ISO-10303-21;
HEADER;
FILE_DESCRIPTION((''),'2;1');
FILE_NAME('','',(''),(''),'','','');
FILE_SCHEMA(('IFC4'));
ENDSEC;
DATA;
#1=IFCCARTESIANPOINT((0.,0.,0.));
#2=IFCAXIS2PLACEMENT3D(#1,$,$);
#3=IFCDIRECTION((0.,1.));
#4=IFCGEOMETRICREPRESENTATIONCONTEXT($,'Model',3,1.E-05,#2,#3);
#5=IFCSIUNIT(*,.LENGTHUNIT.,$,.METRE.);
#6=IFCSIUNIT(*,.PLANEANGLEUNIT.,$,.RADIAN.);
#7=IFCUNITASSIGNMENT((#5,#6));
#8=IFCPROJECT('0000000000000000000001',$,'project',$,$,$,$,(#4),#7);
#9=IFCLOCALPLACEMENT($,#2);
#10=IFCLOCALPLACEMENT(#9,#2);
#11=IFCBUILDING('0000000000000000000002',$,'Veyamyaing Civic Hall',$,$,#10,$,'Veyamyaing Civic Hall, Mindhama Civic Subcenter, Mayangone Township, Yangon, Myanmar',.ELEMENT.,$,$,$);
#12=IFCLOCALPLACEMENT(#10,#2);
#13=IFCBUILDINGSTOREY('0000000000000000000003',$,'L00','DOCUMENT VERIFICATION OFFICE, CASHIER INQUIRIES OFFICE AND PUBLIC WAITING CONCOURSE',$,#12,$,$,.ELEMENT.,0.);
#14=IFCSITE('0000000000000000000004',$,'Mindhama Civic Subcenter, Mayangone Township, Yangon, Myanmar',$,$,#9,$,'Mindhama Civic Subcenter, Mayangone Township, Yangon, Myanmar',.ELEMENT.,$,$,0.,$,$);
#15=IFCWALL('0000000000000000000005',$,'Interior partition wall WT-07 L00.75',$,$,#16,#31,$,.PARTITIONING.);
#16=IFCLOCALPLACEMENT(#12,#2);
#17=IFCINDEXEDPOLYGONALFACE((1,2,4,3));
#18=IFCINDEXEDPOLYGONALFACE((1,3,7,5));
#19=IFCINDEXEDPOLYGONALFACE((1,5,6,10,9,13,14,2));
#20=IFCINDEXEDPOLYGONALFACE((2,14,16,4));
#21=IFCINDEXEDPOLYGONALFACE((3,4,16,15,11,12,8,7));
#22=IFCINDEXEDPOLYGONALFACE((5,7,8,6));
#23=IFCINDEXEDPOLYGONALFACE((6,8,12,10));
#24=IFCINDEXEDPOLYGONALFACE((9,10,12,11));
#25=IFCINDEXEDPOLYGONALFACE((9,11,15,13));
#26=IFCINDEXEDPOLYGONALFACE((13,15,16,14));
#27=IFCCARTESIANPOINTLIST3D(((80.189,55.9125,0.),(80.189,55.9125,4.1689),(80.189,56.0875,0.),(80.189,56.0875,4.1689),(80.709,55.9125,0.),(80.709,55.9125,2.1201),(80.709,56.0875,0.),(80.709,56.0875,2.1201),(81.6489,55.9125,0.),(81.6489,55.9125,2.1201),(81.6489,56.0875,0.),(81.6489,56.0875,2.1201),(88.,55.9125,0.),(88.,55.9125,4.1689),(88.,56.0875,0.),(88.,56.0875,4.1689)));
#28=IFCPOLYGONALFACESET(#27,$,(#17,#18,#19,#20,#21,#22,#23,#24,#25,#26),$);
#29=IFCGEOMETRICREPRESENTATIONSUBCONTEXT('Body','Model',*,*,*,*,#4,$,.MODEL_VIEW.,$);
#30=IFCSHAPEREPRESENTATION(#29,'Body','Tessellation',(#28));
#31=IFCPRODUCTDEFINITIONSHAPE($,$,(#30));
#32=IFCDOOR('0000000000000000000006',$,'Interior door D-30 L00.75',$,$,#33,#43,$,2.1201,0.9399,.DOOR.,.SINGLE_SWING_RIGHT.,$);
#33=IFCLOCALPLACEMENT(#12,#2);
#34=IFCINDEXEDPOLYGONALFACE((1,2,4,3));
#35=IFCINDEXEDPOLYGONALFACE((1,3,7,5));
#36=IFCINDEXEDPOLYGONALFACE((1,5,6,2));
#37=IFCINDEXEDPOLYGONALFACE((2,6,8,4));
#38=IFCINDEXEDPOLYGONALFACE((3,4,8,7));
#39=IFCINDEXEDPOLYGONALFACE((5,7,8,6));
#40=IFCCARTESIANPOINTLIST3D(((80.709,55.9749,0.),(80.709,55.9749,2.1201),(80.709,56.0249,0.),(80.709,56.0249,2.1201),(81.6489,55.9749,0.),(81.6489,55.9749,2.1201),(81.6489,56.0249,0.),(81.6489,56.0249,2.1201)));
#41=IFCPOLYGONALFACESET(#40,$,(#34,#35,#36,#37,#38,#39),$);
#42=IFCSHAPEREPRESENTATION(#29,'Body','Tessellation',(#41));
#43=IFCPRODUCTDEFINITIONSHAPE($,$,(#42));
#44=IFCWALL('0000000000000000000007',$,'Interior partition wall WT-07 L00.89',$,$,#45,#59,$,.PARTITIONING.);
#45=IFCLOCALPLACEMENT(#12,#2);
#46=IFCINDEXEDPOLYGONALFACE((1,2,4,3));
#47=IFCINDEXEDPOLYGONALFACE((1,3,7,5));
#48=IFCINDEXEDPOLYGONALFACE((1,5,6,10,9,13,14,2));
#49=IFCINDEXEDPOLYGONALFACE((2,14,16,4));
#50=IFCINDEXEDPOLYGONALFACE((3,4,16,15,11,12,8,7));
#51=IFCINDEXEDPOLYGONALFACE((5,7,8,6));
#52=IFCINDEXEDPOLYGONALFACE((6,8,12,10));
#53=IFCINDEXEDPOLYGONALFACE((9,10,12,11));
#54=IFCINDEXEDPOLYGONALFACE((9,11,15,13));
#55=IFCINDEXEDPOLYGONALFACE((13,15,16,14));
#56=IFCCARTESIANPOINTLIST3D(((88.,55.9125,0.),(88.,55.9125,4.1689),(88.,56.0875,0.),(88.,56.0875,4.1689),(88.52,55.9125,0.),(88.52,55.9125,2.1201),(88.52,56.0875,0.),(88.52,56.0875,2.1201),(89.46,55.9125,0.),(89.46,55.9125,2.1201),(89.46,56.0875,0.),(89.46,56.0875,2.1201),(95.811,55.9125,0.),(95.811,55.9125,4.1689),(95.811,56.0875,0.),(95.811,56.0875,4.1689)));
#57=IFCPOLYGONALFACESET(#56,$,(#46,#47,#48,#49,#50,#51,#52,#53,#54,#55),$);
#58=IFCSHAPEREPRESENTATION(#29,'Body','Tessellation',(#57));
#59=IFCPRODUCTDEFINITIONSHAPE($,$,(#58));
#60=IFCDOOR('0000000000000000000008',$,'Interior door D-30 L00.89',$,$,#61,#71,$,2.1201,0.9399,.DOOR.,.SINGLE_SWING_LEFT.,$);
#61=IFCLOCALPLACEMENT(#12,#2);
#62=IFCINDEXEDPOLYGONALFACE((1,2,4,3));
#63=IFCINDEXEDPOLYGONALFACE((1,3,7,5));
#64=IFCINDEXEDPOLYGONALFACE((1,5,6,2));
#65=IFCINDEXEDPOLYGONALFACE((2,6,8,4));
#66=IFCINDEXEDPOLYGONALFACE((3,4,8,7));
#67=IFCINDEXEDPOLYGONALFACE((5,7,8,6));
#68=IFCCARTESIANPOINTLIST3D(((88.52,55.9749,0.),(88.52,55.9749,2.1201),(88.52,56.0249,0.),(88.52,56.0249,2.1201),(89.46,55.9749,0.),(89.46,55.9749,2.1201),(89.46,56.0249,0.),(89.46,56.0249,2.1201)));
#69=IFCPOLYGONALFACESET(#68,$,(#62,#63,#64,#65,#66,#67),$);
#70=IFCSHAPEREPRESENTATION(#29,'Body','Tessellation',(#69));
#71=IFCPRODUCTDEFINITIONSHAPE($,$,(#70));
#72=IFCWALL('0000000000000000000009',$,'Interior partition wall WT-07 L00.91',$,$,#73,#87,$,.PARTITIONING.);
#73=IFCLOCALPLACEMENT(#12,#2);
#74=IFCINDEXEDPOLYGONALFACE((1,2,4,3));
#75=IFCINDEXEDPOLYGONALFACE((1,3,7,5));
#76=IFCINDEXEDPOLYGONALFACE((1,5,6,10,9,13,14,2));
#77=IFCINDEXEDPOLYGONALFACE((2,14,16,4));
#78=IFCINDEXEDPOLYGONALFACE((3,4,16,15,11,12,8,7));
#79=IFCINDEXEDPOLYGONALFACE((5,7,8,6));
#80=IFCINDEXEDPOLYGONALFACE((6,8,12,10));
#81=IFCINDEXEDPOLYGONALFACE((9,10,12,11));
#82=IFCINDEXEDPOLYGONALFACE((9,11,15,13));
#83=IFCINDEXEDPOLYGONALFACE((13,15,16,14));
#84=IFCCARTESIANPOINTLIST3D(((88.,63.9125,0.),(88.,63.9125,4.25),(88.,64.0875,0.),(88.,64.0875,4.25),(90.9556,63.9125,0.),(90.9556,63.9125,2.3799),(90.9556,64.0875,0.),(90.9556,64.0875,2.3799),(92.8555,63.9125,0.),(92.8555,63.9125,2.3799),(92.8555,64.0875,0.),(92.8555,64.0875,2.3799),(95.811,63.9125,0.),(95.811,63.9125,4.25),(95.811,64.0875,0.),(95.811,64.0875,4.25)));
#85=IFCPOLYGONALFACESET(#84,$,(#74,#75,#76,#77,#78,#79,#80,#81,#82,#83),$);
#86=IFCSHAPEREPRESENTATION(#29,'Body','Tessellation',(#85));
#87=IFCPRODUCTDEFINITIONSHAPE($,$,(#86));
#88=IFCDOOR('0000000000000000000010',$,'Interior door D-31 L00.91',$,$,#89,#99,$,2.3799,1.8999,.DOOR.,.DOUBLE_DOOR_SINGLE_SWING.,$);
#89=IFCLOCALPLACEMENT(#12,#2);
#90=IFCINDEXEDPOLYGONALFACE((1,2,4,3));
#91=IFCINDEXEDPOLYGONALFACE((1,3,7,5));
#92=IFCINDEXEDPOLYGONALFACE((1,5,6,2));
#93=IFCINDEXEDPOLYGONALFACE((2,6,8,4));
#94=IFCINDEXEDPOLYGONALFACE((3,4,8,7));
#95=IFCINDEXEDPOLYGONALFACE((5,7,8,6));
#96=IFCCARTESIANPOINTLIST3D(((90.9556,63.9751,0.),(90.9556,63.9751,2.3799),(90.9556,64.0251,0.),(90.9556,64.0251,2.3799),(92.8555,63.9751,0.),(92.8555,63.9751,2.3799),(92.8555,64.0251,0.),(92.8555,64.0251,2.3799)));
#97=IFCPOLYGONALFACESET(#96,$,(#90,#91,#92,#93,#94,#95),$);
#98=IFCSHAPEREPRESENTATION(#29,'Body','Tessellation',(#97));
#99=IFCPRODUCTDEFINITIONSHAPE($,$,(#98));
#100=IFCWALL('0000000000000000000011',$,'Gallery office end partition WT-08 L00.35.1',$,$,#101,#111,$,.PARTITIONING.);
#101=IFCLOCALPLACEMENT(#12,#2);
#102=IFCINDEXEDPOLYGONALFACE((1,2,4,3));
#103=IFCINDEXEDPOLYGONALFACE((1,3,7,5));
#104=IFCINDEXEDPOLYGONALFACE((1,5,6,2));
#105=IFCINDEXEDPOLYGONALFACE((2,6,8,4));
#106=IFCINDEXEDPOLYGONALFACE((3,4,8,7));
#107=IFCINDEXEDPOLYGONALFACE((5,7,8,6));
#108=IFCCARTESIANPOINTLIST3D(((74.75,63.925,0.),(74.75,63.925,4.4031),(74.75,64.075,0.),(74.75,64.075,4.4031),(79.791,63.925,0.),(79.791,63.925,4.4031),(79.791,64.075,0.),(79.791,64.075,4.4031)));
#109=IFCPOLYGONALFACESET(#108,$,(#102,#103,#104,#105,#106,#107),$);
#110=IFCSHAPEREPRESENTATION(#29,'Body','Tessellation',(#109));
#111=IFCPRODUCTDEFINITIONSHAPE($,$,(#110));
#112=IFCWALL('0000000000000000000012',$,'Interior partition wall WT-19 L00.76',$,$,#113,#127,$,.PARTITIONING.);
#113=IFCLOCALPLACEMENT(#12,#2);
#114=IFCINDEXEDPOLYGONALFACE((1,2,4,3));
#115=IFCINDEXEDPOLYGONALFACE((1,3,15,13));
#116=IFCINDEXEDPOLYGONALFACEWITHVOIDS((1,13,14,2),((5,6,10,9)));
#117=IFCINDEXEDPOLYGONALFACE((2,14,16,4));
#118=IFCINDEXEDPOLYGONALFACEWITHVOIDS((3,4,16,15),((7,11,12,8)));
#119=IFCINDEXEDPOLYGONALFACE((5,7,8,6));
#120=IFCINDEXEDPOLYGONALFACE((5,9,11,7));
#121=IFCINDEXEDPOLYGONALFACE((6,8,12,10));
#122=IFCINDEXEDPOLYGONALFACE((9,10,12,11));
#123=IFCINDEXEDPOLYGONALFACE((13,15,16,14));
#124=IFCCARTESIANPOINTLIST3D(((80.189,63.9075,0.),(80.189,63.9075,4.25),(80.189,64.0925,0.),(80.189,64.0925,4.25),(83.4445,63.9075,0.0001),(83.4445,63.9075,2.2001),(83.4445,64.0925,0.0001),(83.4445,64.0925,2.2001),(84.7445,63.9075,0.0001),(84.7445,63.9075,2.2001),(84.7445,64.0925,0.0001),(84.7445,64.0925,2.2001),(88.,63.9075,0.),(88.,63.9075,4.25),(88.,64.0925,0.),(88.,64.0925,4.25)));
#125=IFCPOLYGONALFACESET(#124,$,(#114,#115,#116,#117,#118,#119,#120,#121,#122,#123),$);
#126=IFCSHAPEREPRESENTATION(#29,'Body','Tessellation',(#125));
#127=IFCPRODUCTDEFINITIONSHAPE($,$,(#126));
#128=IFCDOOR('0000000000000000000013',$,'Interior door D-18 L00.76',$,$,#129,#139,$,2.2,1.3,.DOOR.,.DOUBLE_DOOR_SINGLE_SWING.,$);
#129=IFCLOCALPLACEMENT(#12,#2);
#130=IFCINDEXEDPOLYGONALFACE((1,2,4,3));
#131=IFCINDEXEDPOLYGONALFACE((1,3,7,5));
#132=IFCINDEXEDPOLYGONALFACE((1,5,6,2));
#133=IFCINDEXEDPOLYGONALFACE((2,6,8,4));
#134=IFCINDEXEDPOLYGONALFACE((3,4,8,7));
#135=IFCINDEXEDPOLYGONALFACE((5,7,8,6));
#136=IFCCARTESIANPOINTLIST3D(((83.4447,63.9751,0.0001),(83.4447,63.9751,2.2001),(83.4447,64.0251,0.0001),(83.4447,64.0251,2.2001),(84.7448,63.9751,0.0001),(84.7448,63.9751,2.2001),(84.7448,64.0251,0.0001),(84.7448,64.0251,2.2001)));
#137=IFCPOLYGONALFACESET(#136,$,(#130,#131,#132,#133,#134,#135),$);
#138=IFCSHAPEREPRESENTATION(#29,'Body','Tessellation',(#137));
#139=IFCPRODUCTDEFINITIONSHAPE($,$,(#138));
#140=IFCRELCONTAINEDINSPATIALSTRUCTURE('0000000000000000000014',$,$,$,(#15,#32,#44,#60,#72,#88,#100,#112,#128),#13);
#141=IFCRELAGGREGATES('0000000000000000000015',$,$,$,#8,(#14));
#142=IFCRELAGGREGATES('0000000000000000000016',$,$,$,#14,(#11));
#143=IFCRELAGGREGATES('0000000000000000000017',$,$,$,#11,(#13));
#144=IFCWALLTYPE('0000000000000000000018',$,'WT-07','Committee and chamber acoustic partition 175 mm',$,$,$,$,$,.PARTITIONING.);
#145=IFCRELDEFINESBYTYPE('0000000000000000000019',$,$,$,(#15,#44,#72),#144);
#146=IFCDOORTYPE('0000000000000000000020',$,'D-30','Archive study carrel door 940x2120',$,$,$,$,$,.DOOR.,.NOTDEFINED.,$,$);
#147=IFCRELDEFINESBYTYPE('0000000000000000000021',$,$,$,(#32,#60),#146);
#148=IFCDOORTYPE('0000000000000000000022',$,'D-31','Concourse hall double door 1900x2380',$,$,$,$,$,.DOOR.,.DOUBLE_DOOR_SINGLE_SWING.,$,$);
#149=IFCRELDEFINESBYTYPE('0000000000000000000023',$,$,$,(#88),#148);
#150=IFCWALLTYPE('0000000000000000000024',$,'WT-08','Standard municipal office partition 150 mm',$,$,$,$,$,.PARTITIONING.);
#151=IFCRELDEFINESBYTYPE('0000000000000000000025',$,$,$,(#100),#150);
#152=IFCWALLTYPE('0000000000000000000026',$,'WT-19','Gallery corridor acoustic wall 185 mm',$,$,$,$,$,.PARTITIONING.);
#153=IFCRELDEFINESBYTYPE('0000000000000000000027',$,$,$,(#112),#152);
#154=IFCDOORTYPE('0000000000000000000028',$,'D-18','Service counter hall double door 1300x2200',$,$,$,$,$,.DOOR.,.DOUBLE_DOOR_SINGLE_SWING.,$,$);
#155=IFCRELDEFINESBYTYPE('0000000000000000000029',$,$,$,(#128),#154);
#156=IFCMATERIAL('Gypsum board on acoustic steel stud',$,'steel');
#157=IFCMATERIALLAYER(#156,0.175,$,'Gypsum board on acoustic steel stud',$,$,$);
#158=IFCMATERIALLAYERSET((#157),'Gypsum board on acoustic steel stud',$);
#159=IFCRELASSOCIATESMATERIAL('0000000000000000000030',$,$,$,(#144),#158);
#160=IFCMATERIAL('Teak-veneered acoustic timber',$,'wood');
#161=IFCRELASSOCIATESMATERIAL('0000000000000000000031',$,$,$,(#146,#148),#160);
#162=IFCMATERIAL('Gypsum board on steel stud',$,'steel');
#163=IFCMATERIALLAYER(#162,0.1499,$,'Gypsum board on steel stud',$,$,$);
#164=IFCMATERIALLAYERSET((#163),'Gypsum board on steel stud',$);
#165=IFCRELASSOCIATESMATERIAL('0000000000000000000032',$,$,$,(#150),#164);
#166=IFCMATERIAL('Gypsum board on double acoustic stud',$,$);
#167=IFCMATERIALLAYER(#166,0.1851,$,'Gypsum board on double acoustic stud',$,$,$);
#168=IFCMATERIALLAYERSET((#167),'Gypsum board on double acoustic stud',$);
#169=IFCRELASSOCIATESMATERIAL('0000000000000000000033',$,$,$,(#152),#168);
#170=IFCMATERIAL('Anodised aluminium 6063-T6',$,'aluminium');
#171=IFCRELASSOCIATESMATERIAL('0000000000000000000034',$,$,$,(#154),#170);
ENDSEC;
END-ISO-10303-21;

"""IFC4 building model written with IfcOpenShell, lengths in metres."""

from ifc_helpers import new_model, si_unit, direction, frame, frame_2d, origin, place, context, subcontext, project, spatial, rectangle, extrude, material, layer, layer_set, type_object, element, fill, save


model = new_model("IFC4")

# Units and contexts
model_context = context("Model", 3, precision=1e-05, world=origin(), true_north=direction((0.0, 1.0)))
body_context = subcontext(model_context, "Body", "Model", "MODEL_VIEW")
ifc_project = project(units=[si_unit("LENGTHUNIT", "METRE"), si_unit("PLANEANGLEUNIT", "RADIAN")], contexts=[model_context])

# Site, building, storey
site_placement = place(None, origin())
site = spatial("IfcSite", under=ifc_project, at=site_placement, Name="Mindhama Civic Subcenter, Mayangone Township, Yangon, Myanmar", LongName="Mindhama Civic Subcenter, Mayangone Township, Yangon, Myanmar", CompositionType="ELEMENT", RefElevation=0.0)
building_placement = place(site_placement, origin())
building = spatial("IfcBuilding", under=site, at=building_placement, Name="Veyamyaing Civic Hall", LongName="Veyamyaing Civic Hall, Mindhama Civic Subcenter, Mayangone Township, Yangon, Myanmar", CompositionType="ELEMENT")
storey_placement = place(building_placement, origin())
storey = spatial("IfcBuildingStorey", under=building, at=storey_placement, Name="L00", Description="DOCUMENT VERIFICATION OFFICE, CASHIER INQUIRIES OFFICE AND PUBLIC WAITING CONCOURSE", CompositionType="ELEMENT", Elevation=0.0)

# Walls, openings, doors
ifc_material_1 = material(Name="Gypsum board on acoustic steel stud", Category="steel")
ifc_layer_1 = layer(ifc_material_1, 0.175, Name="Gypsum board on acoustic steel stud")
ifc_layer_set_1 = layer_set([ifc_layer_1], Name="Gypsum board on acoustic steel stud")
wall_type_1 = type_object("IfcWallType", Name="WT-07", Description="Committee and chamber acoustic partition 175 mm", PredefinedType="PARTITIONING", material=ifc_layer_set_1)
ifc_material_2 = material(Name="Teak-veneered acoustic timber", Category="wood")
door_type_1 = type_object("IfcDoorType", Name="D-30", Description="Archive study carrel door 940x2120", OperationType="NOTDEFINED", PredefinedType="DOOR", material=ifc_material_2)
wall_1_placement = place(storey_placement, frame((80.189, 56.0, 0.0), z_axis=(0.0, 0.0, 1.0), x_axis=(1.0, 0.0, 0.0)))
wall_1 = element("IfcWall", 1, at=wall_1_placement, inside=storey, type_object=wall_type_1, Name="Interior partition wall WT-07 L00.75", PredefinedType="PARTITIONING", context=body_context, shape_type="SweptSolid", body=[
    extrude(rectangle(XDim=7.811, YDim=0.175, at=frame_2d((3.9055, 0.0))), origin(), (0.0, 0.0, 1.0), 4.1689),
])
opening_1_placement = place(wall_1_placement, frame((0.52, 0.0, 0.0)))
opening_1 = element("IfcOpeningElement", 2, at=opening_1_placement, cuts=wall_1, PredefinedType="OPENING", context=body_context, shape_type="SweptSolid", body=[
    extrude(rectangle(XDim=0.9399, YDim=2.1201, at=frame_2d((0.47, 1.0601))), frame((0.0, 0.0974, 0.0), z_axis=(0.0, -1.0, 0.0), x_axis=(1.0, 0.0, 0.0)), (0.0, 0.0, 1.0), 0.1951),
])
door_1_placement = place(opening_1_placement, origin())
door_1 = element("IfcDoor", 3, at=door_1_placement, inside=storey, type_object=door_type_1, Name="Interior door D-30 L00.75", OperationType="SINGLE_SWING_RIGHT", OverallHeight=2.1201, OverallWidth=0.9399, PredefinedType="DOOR", context=body_context, shape_type="SweptSolid", body=[
    extrude(rectangle(XDim=0.9399, YDim=2.1201, at=frame_2d((0.47, 1.0601))), frame((0.0, 0.0249, 0.0), z_axis=(0.0, -1.0, 0.0), x_axis=(1.0, 0.0, 0.0)), (0.0, 0.0, 1.0), 0.05),
])
fill(opening_1, door_1)
wall_2_placement = place(storey_placement, frame((88.0, 56.0, 0.0), z_axis=(0.0, 0.0, 1.0), x_axis=(1.0, 0.0, 0.0)))
wall_2 = element("IfcWall", 4, at=wall_2_placement, inside=storey, type_object=wall_type_1, Name="Interior partition wall WT-07 L00.89", PredefinedType="PARTITIONING", context=body_context, shape_type="SweptSolid", body=[
    extrude(rectangle(XDim=7.811, YDim=0.175, at=frame_2d((3.9055, 0.0))), origin(), (0.0, 0.0, 1.0), 4.1689),
])
opening_2_placement = place(wall_2_placement, frame((0.52, 0.0, 0.0)))
opening_2 = element("IfcOpeningElement", 5, at=opening_2_placement, cuts=wall_2, PredefinedType="OPENING", context=body_context, shape_type="SweptSolid", body=[
    extrude(rectangle(XDim=0.9399, YDim=2.1201, at=frame_2d((0.47, 1.0601))), frame((0.0, 0.0974, 0.0), z_axis=(0.0, -1.0, 0.0), x_axis=(1.0, 0.0, 0.0)), (0.0, 0.0, 1.0), 0.1951),
])
door_2_placement = place(opening_2_placement, origin())
door_2 = element("IfcDoor", 6, at=door_2_placement, inside=storey, type_object=door_type_1, Name="Interior door D-30 L00.89", OperationType="SINGLE_SWING_LEFT", OverallHeight=2.1201, OverallWidth=0.9399, PredefinedType="DOOR", context=body_context, shape_type="SweptSolid", body=[
    extrude(rectangle(XDim=0.9399, YDim=2.1201, at=frame_2d((0.47, 1.0601))), frame((0.0, 0.0249, 0.0), z_axis=(0.0, -1.0, 0.0), x_axis=(1.0, 0.0, 0.0)), (0.0, 0.0, 1.0), 0.05),
])
fill(opening_2, door_2)
wall_3_placement = place(storey_placement, frame((88.0, 64.0, 0.0), z_axis=(0.0, 0.0, 1.0), x_axis=(1.0, 0.0, 0.0)))
wall_3 = element("IfcWall", 7, at=wall_3_placement, inside=storey, type_object=wall_type_1, Name="Interior partition wall WT-07 L00.91", PredefinedType="PARTITIONING", context=body_context, shape_type="SweptSolid", body=[
    extrude(rectangle(XDim=7.811, YDim=0.175, at=frame_2d((3.9055, 0.0))), origin(), (0.0, 0.0, 1.0), 4.25),
])
opening_3_placement = place(wall_3_placement, frame((2.9556, 0.0, 0.0)))
opening_3 = element("IfcOpeningElement", 8, at=opening_3_placement, cuts=wall_3, PredefinedType="OPENING", context=body_context, shape_type="SweptSolid", body=[
    extrude(rectangle(XDim=1.8999, YDim=2.3799, at=frame_2d((0.95, 1.1899))), frame((0.0, 0.0974, 0.0), z_axis=(0.0, -1.0, 0.0), x_axis=(1.0, 0.0, 0.0)), (0.0, 0.0, 1.0), 0.1951),
])
door_type_2 = type_object("IfcDoorType", Name="D-31", Description="Concourse hall double door 1900x2380", OperationType="DOUBLE_DOOR_SINGLE_SWING", PredefinedType="DOOR", material=ifc_material_2)
door_3_placement = place(opening_3_placement, frame((1.8999, 0.0, 0.0), z_axis=(0.0, 0.0, 1.0), x_axis=(-1.0, 0.0, 0.0)))
door_3 = element("IfcDoor", 9, at=door_3_placement, inside=storey, type_object=door_type_2, Name="Interior door D-31 L00.91", OperationType="DOUBLE_DOOR_SINGLE_SWING", OverallHeight=2.3799, OverallWidth=1.8999, PredefinedType="DOOR", context=body_context, shape_type="SweptSolid", body=[
    extrude(rectangle(XDim=1.8999, YDim=2.3799, at=frame_2d((0.95, 1.1899))), frame((0.0, 0.0249, 0.0), z_axis=(0.0, -1.0, 0.0), x_axis=(1.0, 0.0, 0.0)), (0.0, 0.0, 1.0), 0.05),
])
fill(opening_3, door_3)

# Wall
ifc_material_3 = material(Name="Gypsum board on steel stud", Category="steel")
ifc_layer_2 = layer(ifc_material_3, 0.1499, Name="Gypsum board on steel stud")
ifc_layer_set_2 = layer_set([ifc_layer_2], Name="Gypsum board on steel stud")
wall_type_2 = type_object("IfcWallType", Name="WT-08", Description="Standard municipal office partition 150 mm", PredefinedType="PARTITIONING", material=ifc_layer_set_2)
wall_4_placement = place(storey_placement, frame((74.75, 64.0, 0.0), z_axis=(0.0, 0.0, 1.0), x_axis=(1.0, 0.0, 0.0)))
element("IfcWall", 10, at=wall_4_placement, inside=storey, type_object=wall_type_2, Name="Gallery office end partition WT-08 L00.35.1", PredefinedType="PARTITIONING", context=body_context, shape_type="SweptSolid", body=[
    extrude(rectangle(XDim=5.041, YDim=0.1499, at=frame_2d((2.5205, 0.0))), origin(), (0.0, 0.0, 1.0), 4.4031),
])

# Wall, opening, door
ifc_material_4 = material(Name="Gypsum board on double acoustic stud")
ifc_layer_3 = layer(ifc_material_4, 0.1851, Name="Gypsum board on double acoustic stud")
ifc_layer_set_3 = layer_set([ifc_layer_3], Name="Gypsum board on double acoustic stud")
wall_type_3 = type_object("IfcWallType", Name="WT-19", Description="Gallery corridor acoustic wall 185 mm", PredefinedType="PARTITIONING", material=ifc_layer_set_3)
wall_5_placement = place(storey_placement, frame((80.189, 64.0, 0.0), z_axis=(0.0, 0.0, 1.0), x_axis=(1.0, 0.0, 0.0)))
wall_5 = element("IfcWall", 11, at=wall_5_placement, inside=storey, type_object=wall_type_3, Name="Interior partition wall WT-19 L00.76", PredefinedType="PARTITIONING", context=body_context, shape_type="SweptSolid", body=[
    extrude(rectangle(XDim=7.811, YDim=0.1851, at=frame_2d((3.9055, 0.0))), origin(), (0.0, 0.0, 1.0), 4.25),
])
opening_4_placement = place(wall_5_placement, frame((3.2556, 0.0, 0.0)))
opening_4 = element("IfcOpeningElement", 12, at=opening_4_placement, cuts=wall_5, PredefinedType="OPENING", context=body_context, shape_type="SweptSolid", body=[
    extrude(rectangle(XDim=1.3, YDim=2.2, at=frame_2d((0.6499, 1.1001))), frame((0.0, 0.1025, 0.0), z_axis=(0.0, -1.0, 0.0), x_axis=(1.0, 0.0, 0.0)), (0.0, 0.0, 1.0), 0.2051),
])
ifc_material_5 = material(Name="Anodised aluminium 6063-T6", Category="aluminium")
door_type_3 = type_object("IfcDoorType", Name="D-18", Description="Service counter hall double door 1300x2200", OperationType="DOUBLE_DOOR_SINGLE_SWING", PredefinedType="DOOR", material=ifc_material_5)
door_4_placement = place(opening_4_placement, frame((1.3, 0.0, 0.0), z_axis=(0.0, 0.0, 1.0), x_axis=(-1.0, 0.0, 0.0)))
door_4 = element("IfcDoor", 13, at=door_4_placement, inside=storey, type_object=door_type_3, Name="Interior door D-18 L00.76", OperationType="DOUBLE_DOOR_SINGLE_SWING", OverallHeight=2.2, OverallWidth=1.3, PredefinedType="DOOR", context=body_context, shape_type="SweptSolid", body=[
    extrude(rectangle(XDim=1.3, YDim=2.2, at=frame_2d((0.6499, 1.1001))), frame((0.0, 0.0249, 0.0), z_axis=(0.0, -1.0, 0.0), x_axis=(1.0, 0.0, 0.0)), (0.0, 0.0, 1.0), 0.05),
])
fill(opening_4, door_4)

save(model, "model.ifc")
